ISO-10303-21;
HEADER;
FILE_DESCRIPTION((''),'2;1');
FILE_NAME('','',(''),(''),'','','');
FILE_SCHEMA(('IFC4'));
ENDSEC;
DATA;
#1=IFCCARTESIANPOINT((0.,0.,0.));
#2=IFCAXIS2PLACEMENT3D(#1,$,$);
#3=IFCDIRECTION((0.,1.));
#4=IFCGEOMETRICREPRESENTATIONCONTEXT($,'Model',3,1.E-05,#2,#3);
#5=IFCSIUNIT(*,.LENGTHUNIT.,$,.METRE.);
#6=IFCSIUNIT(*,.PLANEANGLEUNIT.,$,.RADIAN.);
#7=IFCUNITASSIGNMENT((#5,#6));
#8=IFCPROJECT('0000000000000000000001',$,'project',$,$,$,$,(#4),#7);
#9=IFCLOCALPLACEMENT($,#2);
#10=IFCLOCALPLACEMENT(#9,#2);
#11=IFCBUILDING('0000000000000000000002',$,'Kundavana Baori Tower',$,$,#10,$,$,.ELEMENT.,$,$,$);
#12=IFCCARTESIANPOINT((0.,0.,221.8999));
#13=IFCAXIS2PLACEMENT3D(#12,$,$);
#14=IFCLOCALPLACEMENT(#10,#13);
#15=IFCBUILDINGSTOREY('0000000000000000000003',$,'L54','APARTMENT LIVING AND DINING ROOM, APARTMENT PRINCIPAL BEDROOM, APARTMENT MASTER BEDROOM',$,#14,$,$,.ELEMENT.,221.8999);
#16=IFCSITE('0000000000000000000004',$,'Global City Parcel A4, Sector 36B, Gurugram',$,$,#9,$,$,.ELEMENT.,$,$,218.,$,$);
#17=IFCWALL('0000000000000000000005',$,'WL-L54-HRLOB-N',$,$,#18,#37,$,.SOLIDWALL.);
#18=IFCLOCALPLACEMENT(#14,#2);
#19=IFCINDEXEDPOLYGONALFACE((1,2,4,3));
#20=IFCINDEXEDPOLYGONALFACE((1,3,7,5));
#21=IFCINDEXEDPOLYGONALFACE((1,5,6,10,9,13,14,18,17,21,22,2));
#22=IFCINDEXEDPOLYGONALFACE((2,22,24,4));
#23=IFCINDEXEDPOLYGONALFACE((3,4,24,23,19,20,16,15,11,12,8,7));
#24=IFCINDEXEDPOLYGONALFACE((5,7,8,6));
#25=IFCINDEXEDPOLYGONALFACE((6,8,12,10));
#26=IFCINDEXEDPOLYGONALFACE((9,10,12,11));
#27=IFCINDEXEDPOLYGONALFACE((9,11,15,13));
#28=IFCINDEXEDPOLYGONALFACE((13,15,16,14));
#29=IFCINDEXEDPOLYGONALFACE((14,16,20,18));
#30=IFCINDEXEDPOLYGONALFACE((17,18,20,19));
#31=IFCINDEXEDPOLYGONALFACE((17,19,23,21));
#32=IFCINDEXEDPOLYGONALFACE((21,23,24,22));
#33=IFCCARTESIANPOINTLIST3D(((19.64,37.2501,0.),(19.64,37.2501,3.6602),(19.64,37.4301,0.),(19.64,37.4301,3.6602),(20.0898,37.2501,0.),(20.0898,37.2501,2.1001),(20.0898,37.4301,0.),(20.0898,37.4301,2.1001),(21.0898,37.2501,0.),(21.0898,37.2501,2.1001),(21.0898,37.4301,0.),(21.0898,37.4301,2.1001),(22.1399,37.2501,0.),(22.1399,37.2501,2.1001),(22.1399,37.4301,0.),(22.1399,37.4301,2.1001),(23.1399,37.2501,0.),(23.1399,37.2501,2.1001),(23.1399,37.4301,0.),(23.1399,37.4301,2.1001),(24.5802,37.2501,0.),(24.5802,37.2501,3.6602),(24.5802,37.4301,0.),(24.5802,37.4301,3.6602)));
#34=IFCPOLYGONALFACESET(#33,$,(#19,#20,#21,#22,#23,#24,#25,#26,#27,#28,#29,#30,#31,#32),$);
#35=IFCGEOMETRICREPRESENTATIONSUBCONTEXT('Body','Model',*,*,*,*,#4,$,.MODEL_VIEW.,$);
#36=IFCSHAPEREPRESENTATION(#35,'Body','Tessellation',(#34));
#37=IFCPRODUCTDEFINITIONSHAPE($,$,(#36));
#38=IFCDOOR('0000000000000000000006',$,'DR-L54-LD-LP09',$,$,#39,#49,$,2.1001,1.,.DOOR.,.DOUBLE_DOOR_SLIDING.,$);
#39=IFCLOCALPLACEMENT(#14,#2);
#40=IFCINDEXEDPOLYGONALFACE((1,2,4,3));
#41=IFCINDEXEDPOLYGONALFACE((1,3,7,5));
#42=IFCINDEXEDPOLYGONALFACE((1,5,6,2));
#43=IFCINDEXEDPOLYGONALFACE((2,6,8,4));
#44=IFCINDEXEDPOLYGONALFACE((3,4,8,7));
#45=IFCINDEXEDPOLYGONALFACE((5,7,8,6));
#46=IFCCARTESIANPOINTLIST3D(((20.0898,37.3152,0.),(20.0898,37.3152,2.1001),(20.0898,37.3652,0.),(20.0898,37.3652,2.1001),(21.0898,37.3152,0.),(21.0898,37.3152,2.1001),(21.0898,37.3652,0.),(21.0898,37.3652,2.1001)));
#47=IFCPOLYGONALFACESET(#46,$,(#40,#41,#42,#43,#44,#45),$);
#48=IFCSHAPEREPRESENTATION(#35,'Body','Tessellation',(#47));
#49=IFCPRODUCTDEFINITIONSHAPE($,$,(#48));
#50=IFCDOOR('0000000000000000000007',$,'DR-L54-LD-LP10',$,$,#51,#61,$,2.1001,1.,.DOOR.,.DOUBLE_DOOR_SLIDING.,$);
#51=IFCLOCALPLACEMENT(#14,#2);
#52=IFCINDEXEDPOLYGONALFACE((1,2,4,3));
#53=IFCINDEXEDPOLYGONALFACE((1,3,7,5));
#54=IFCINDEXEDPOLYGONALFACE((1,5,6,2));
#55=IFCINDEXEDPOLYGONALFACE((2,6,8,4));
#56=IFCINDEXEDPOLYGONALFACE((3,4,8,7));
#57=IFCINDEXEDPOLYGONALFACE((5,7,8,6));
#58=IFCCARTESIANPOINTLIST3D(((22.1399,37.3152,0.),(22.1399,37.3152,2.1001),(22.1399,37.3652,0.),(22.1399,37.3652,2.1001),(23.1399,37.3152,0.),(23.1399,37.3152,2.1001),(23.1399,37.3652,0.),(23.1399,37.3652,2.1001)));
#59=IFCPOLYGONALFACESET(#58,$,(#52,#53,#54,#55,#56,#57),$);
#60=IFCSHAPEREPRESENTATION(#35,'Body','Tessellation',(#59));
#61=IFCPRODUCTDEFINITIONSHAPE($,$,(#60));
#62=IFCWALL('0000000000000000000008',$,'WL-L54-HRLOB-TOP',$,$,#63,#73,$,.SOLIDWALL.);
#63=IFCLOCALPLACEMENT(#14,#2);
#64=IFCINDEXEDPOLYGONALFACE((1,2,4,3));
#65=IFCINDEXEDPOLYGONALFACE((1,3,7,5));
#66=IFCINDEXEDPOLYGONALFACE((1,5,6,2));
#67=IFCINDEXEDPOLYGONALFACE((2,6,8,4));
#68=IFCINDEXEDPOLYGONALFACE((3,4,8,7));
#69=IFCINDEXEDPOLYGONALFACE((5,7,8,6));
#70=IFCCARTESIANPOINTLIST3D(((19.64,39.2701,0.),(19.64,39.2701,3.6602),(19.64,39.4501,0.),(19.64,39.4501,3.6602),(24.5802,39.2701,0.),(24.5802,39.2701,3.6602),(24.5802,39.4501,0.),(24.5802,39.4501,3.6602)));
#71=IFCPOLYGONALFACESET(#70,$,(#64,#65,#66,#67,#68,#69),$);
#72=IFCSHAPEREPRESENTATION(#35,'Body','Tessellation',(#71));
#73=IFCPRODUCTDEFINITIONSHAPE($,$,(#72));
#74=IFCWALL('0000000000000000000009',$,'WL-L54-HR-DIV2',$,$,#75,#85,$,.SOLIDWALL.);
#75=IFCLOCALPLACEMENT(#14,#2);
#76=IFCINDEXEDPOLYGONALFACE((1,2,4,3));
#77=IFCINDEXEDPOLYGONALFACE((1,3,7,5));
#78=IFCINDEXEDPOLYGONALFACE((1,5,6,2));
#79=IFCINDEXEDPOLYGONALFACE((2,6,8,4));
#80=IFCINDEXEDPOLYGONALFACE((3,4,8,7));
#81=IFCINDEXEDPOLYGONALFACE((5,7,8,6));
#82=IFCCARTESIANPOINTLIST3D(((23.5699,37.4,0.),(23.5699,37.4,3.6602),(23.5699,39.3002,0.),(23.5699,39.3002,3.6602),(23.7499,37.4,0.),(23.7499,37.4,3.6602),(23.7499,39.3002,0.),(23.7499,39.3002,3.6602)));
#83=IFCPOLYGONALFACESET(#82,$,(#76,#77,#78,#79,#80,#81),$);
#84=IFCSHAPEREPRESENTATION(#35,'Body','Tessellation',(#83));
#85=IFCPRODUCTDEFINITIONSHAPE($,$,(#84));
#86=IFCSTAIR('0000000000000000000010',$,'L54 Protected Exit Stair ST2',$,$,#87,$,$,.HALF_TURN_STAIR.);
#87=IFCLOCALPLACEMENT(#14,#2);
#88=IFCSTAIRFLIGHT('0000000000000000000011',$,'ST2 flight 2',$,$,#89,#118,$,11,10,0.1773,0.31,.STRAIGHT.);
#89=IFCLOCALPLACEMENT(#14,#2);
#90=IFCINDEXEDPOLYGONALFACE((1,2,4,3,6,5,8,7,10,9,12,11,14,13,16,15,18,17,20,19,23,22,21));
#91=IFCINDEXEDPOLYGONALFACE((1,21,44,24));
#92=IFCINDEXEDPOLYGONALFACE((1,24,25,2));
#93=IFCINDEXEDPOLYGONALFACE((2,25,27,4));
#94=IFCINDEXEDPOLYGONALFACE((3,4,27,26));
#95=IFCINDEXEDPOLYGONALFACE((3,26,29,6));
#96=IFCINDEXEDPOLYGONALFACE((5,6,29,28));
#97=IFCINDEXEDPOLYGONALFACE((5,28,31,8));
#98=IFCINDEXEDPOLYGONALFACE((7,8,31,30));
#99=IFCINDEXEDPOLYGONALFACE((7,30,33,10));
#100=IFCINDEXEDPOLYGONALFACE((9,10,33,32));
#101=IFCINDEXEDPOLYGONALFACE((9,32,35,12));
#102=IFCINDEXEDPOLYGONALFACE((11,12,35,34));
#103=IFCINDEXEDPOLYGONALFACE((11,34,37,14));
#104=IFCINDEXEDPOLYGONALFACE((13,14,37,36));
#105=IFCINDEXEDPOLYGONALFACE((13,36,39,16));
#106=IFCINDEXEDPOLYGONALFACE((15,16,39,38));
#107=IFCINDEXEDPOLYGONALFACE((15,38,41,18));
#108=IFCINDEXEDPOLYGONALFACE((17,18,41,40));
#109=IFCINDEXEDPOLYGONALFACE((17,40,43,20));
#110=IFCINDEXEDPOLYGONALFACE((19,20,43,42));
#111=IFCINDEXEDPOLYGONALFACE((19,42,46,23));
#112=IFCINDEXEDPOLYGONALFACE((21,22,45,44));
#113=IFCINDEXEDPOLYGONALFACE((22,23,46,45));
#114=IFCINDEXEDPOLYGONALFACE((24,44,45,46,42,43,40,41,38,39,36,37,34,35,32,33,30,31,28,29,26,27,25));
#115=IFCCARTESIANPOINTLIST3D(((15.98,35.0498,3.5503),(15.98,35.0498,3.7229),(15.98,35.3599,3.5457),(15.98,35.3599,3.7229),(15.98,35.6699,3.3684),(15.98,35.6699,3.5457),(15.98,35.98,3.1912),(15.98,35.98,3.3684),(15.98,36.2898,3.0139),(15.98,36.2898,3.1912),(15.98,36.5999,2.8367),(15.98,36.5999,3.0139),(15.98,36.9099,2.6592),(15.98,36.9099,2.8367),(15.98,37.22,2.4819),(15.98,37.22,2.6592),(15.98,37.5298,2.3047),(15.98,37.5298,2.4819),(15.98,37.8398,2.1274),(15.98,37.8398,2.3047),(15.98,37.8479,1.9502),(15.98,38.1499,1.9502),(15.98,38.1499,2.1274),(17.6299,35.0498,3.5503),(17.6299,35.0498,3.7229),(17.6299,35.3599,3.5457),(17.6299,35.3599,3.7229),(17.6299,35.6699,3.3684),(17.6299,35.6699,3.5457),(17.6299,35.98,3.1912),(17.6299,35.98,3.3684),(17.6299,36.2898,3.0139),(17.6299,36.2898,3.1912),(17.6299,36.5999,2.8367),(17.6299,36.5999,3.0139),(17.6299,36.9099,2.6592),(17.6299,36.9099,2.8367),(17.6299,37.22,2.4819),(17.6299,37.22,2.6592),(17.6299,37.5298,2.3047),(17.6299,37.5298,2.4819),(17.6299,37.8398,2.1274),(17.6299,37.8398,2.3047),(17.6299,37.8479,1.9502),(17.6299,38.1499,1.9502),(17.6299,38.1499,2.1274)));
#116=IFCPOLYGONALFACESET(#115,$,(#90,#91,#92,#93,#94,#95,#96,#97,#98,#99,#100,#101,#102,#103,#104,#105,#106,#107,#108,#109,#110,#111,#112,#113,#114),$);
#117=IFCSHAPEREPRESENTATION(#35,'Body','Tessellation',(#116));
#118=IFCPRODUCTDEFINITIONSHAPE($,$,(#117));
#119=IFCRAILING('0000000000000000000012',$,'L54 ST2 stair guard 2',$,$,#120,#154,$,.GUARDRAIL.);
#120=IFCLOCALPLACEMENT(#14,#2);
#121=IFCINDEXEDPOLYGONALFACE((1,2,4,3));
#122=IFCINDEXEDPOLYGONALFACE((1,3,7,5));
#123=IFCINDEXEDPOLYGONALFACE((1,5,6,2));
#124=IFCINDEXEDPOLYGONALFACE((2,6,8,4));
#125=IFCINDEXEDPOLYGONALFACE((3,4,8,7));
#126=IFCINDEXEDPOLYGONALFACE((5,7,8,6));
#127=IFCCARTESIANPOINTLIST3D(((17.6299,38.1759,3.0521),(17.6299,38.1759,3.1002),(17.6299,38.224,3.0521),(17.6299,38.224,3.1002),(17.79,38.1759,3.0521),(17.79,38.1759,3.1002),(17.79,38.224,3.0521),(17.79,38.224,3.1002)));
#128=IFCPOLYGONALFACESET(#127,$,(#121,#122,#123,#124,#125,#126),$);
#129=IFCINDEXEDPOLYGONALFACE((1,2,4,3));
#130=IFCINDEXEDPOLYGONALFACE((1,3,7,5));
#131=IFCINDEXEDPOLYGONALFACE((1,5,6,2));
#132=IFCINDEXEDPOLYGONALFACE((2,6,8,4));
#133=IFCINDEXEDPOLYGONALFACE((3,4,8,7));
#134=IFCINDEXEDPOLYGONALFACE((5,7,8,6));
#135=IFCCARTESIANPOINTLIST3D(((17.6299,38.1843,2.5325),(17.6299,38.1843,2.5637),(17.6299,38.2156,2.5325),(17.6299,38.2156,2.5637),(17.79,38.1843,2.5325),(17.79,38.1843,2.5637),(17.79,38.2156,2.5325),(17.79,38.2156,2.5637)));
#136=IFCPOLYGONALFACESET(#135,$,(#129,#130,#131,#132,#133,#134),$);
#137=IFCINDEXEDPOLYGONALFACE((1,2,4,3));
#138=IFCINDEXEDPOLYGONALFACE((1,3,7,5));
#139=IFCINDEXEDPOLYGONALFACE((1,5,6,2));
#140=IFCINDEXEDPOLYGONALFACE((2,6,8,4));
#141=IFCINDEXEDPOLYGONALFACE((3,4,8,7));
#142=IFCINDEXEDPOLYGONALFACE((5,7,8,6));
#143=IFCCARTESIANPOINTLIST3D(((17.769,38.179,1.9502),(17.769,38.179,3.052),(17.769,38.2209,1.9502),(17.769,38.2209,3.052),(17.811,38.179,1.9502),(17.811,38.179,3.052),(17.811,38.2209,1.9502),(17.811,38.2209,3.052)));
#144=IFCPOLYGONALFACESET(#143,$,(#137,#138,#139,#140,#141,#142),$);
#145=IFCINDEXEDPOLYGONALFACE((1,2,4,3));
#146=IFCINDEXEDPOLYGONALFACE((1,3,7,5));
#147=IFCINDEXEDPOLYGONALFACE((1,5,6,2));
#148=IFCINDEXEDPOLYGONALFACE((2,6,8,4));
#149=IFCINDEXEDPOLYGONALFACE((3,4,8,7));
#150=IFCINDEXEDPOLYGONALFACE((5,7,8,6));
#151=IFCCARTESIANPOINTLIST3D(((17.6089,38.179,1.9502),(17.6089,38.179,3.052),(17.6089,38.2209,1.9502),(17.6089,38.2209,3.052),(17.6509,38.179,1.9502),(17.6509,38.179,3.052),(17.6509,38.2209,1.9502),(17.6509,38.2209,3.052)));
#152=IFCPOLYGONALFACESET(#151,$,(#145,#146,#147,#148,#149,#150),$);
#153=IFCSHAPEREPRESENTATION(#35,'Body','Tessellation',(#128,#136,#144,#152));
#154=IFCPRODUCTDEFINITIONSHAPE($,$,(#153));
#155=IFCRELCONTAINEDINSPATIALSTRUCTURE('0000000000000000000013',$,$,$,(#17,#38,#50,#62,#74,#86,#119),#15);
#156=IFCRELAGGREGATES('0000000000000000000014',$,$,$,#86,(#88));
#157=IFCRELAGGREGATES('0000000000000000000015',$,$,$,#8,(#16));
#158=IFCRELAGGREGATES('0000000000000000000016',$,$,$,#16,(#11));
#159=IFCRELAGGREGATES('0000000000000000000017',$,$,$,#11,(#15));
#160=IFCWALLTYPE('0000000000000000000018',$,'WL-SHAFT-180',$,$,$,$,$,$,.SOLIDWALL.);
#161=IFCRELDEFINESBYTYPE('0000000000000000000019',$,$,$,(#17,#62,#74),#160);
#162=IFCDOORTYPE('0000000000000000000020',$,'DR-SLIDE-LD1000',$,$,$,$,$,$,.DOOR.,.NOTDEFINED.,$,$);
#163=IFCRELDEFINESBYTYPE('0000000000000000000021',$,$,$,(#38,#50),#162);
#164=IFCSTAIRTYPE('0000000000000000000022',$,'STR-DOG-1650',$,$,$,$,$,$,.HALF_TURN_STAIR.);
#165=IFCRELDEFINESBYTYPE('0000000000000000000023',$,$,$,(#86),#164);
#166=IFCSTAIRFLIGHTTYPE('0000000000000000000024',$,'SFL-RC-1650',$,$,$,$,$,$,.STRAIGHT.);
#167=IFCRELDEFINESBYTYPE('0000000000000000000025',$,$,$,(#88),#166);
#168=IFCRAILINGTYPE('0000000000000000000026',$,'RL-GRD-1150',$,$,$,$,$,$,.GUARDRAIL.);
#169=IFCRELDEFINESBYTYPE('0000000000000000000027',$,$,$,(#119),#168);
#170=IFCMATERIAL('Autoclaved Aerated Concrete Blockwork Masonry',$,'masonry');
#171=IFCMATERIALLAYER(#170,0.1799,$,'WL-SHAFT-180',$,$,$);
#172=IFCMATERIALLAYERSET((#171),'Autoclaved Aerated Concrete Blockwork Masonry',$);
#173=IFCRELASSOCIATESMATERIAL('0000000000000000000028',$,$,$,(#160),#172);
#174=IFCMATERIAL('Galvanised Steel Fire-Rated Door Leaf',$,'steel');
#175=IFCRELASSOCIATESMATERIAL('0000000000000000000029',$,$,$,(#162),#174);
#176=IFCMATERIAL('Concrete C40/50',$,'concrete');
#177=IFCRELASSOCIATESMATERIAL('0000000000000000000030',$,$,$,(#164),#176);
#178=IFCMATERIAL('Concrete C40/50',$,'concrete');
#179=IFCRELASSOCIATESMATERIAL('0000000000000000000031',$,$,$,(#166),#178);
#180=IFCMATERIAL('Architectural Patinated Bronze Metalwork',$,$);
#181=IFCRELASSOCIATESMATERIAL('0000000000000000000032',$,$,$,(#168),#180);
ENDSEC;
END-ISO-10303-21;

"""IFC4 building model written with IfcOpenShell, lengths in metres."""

from ifc_helpers import new_model, si_unit, direction, frame, frame_2d, origin, origin_2d, place, context, subcontext, project, spatial, polyline, rectangle, outline, extrude, material, layer, layer_set, type_object, element, fill, aggregate, save


model = new_model("IFC4")

# Units and contexts
model_context = context("Model", 3, precision=1e-05, world=origin(), true_north=direction((0.0, 1.0)))
body_context = subcontext(model_context, "Body", "Model", "MODEL_VIEW")
ifc_project = project(units=[si_unit("LENGTHUNIT", "METRE"), si_unit("PLANEANGLEUNIT", "RADIAN")], contexts=[model_context])

# Site, building, storey
site_placement = place(None, origin())
site = spatial("IfcSite", under=ifc_project, at=site_placement, Name="Global City Parcel A4, Sector 36B, Gurugram", CompositionType="ELEMENT", RefElevation=218.0)
building_placement = place(site_placement, origin())
building = spatial("IfcBuilding", under=site, at=building_placement, Name="Kundavana Baori Tower", CompositionType="ELEMENT")
storey_placement = place(building_placement, frame((0.0, 0.0, 221.8999)))
storey = spatial("IfcBuildingStorey", under=building, at=storey_placement, Name="L54", Description="APARTMENT LIVING AND DINING ROOM, APARTMENT PRINCIPAL BEDROOM, APARTMENT MASTER BEDROOM", CompositionType="ELEMENT", Elevation=221.8999)

# Shared definitions
ifc_material_1 = material(Name="Autoclaved Aerated Concrete Blockwork Masonry", Category="masonry")
ifc_layer_1 = layer(ifc_material_1, 0.1799, Name="WL-SHAFT-180")
ifc_layer_set_1 = layer_set([ifc_layer_1], Name="Autoclaved Aerated Concrete Blockwork Masonry")
wall_type_1 = type_object("IfcWallType", Name="WL-SHAFT-180", PredefinedType="SOLIDWALL", material=ifc_layer_set_1)
ifc_material_2 = material(Name="Galvanised Steel Fire-Rated Door Leaf", Category="steel")
door_type = type_object("IfcDoorType", Name="DR-SLIDE-LD1000", OperationType="NOTDEFINED", PredefinedType="DOOR", material=ifc_material_2)

# Wall, openings, doors
wall_1_placement = place(storey_placement, frame((19.6399, 37.3401, 0.0), z_axis=(0.0, 0.0, 1.0), x_axis=(1.0, 0.0, 0.0)))
wall_1 = element("IfcWall", 1, at=wall_1_placement, inside=storey, type_object=wall_type_1, Name="WL-L54-HRLOB-N", PredefinedType="SOLIDWALL", context=body_context, shape_type="SweptSolid", body=[
    extrude(rectangle(XDim=4.9402, YDim=0.1799, at=frame_2d((2.4702, 0.0))), origin(), (0.0, 0.0, 1.0), 3.6602),
])
opening_1_placement = place(wall_1_placement, frame((0.45, 0.0, 0.0)))
opening_1 = element("IfcOpeningElement", 2, at=opening_1_placement, cuts=wall_1, PredefinedType="OPENING", context=body_context, shape_type="SweptSolid", body=[
    extrude(rectangle(XDim=1.0, YDim=2.1001, at=frame_2d((0.5, 1.05))), frame((0.0, 0.1001, 0.0), z_axis=(0.0, -1.0, 0.0), x_axis=(1.0, 0.0, 0.0)), (0.0, 0.0, 1.0), 0.2),
])
opening_2_placement = place(wall_1_placement, frame((2.5, 0.0, 0.0)))
opening_2 = element("IfcOpeningElement", 3, at=opening_2_placement, cuts=wall_1, PredefinedType="OPENING", context=body_context, shape_type="SweptSolid", body=[
    extrude(rectangle(XDim=1.0, YDim=2.1001, at=frame_2d((0.5, 1.05))), frame((0.0, 0.1001, 0.0), z_axis=(0.0, -1.0, 0.0), x_axis=(1.0, 0.0, 0.0)), (0.0, 0.0, 1.0), 0.2),
])
door_1_placement = place(opening_1_placement, frame((1.0, 0.0, 0.0), z_axis=(0.0, 0.0, 1.0), x_axis=(-1.0, 0.0, 0.0)))
door_1 = element("IfcDoor", 4, at=door_1_placement, inside=storey, type_object=door_type, Name="DR-L54-LD-LP09", OperationType="DOUBLE_DOOR_SLIDING", OverallHeight=2.1001, OverallWidth=1.0, PredefinedType="DOOR", context=body_context, shape_type="SweptSolid", body=[
    extrude(rectangle(XDim=1.0, YDim=2.1001, at=frame_2d((0.5, 1.05))), frame((0.0, 0.0249, 0.0), z_axis=(0.0, -1.0, 0.0), x_axis=(1.0, 0.0, 0.0)), (0.0, 0.0, 1.0), 0.05),
])
fill(opening_1, door_1)
door_2_placement = place(opening_2_placement, frame((1.0, 0.0, 0.0), z_axis=(0.0, 0.0, 1.0), x_axis=(-1.0, 0.0, 0.0)))
door_2 = element("IfcDoor", 5, at=door_2_placement, inside=storey, type_object=door_type, Name="DR-L54-LD-LP10", OperationType="DOUBLE_DOOR_SLIDING", OverallHeight=2.1001, OverallWidth=1.0, PredefinedType="DOOR", context=body_context, shape_type="SweptSolid", body=[
    extrude(rectangle(XDim=1.0, YDim=2.1001, at=frame_2d((0.5, 1.05))), frame((0.0, 0.0249, 0.0), z_axis=(0.0, -1.0, 0.0), x_axis=(1.0, 0.0, 0.0)), (0.0, 0.0, 1.0), 0.05),
])
fill(opening_2, door_2)

# Walls
wall_2_placement = place(storey_placement, frame((19.6399, 39.3601, 0.0), z_axis=(0.0, 0.0, 1.0), x_axis=(1.0, 0.0, 0.0)))
element("IfcWall", 6, at=wall_2_placement, inside=storey, type_object=wall_type_1, Name="WL-L54-HRLOB-TOP", PredefinedType="SOLIDWALL", context=body_context, shape_type="SweptSolid", body=[
    extrude(rectangle(XDim=4.9402, YDim=0.1799, at=frame_2d((2.4702, 0.0))), origin(), (0.0, 0.0, 1.0), 3.6602),
])
wall_3_placement = place(storey_placement, frame((23.6599, 37.3999, 0.0), z_axis=(0.0, 0.0, 1.0), x_axis=(0.0, 1.0, 0.0)))
element("IfcWall", 7, at=wall_3_placement, inside=storey, type_object=wall_type_1, Name="WL-L54-HR-DIV2", PredefinedType="SOLIDWALL", context=body_context, shape_type="SweptSolid", body=[
    extrude(rectangle(XDim=1.9001, YDim=0.1799, at=frame_2d((0.9502, 0.0))), origin(), (0.0, 0.0, 1.0), 3.6602),
])

# Stair, stair flight
ifc_material_3 = material(Name="Concrete C40/50", Category="concrete")
stair_type = type_object("IfcStairType", Name="STR-DOG-1650", PredefinedType="HALF_TURN_STAIR", material=ifc_material_3)
stair_placement = place(storey_placement, origin())
stair = element("IfcStair", 8, at=stair_placement, inside=storey, type_object=stair_type, Name="L54 Protected Exit Stair ST2", PredefinedType="HALF_TURN_STAIR")
ifc_material_4 = material(Name="Concrete C40/50", Category="concrete")
stair_flight_type = type_object("IfcStairFlightType", Name="SFL-RC-1650", PredefinedType="STRAIGHT", material=ifc_material_4)
stair_flight_placement = place(storey_placement, frame((16.8049, 38.1499, 1.9502), z_axis=(0.0, 0.0, 1.0), x_axis=(0.0, -1.0, 0.0)))
stair_flight = element("IfcStairFlight", 9, at=stair_flight_placement, type_object=stair_flight_type, Name="ST2 flight 2", NumberOfRisers=11, NumberOfTreads=10, PredefinedType="STRAIGHT", RiserHeight=0.1773, TreadLength=0.31, context=body_context, shape_type="SweptSolid", body=[
    extrude(outline(polyline([(0.0, 0.0), (0.0, 0.1772), (0.3101, 0.1772), (0.3101, 0.3545), (0.6201, 0.3545), (0.6201, 0.5317), (0.9299, 0.5317), (0.9299, 0.709), (1.24, 0.709), (1.24, 0.8865), (1.55, 0.8865), (1.55, 1.0637), (1.8601, 1.0637), (1.8601, 1.241), (2.1699, 1.241), (2.1699, 1.4182), (2.48, 1.4182), (2.48, 1.5955), (2.79, 1.5955), (2.79, 1.7727), (3.1001, 1.7727), (3.1001, 1.95), (3.1001, 1.6001), (0.302, 0.0), (0.0, 0.0)])), frame((0.0, 0.825, 0.0), z_axis=(0.0, -1.0, 0.0), x_axis=(1.0, 0.0, 0.0)), (0.0, 0.0, 1.0), 1.6499),
])
aggregate(stair, [stair_flight])

# Railing
ifc_material_5 = material(Name="Architectural Patinated Bronze Metalwork")
railing_type_1 = type_object("IfcRailingType", Name="RL-GRD-1150", PredefinedType="GUARDRAIL", material=ifc_material_5)
railing_1_placement = place(storey_placement, frame((17.79, 38.2, 1.9502)))
element("IfcRailing", 10, at=railing_1_placement, inside=storey, type_object=railing_type_1, Name="L54 ST2 stair guard 2", PredefinedType="GUARDRAIL", context=body_context, shape_type="SweptSolid", body=[
    extrude(rectangle(XDim=0.0481, YDim=0.0481, at=origin_2d()), frame((0.0, 0.0, 1.126), z_axis=(-1.0, 0.0, 0.0), x_axis=(0.0, -1.0, 0.0)), (0.0, 0.0, 1.0), 0.1602),
    extrude(rectangle(XDim=0.0312, YDim=0.0312, at=origin_2d()), frame((0.0, 0.0, 0.5979), z_axis=(-1.0, 0.0, 0.0), x_axis=(0.0, -1.0, 0.0)), (0.0, 0.0, 1.0), 0.1602),
    extrude(rectangle(XDim=0.042, YDim=0.042, at=origin_2d()), origin(), (0.0, 0.0, 1.0), 1.1018),
    extrude(rectangle(XDim=0.042, YDim=0.042, at=origin_2d()), frame((-0.1602, 0.0, 0.0)), (0.0, 0.0, 1.0), 1.1018),
])

save(model, "model.ifc")
